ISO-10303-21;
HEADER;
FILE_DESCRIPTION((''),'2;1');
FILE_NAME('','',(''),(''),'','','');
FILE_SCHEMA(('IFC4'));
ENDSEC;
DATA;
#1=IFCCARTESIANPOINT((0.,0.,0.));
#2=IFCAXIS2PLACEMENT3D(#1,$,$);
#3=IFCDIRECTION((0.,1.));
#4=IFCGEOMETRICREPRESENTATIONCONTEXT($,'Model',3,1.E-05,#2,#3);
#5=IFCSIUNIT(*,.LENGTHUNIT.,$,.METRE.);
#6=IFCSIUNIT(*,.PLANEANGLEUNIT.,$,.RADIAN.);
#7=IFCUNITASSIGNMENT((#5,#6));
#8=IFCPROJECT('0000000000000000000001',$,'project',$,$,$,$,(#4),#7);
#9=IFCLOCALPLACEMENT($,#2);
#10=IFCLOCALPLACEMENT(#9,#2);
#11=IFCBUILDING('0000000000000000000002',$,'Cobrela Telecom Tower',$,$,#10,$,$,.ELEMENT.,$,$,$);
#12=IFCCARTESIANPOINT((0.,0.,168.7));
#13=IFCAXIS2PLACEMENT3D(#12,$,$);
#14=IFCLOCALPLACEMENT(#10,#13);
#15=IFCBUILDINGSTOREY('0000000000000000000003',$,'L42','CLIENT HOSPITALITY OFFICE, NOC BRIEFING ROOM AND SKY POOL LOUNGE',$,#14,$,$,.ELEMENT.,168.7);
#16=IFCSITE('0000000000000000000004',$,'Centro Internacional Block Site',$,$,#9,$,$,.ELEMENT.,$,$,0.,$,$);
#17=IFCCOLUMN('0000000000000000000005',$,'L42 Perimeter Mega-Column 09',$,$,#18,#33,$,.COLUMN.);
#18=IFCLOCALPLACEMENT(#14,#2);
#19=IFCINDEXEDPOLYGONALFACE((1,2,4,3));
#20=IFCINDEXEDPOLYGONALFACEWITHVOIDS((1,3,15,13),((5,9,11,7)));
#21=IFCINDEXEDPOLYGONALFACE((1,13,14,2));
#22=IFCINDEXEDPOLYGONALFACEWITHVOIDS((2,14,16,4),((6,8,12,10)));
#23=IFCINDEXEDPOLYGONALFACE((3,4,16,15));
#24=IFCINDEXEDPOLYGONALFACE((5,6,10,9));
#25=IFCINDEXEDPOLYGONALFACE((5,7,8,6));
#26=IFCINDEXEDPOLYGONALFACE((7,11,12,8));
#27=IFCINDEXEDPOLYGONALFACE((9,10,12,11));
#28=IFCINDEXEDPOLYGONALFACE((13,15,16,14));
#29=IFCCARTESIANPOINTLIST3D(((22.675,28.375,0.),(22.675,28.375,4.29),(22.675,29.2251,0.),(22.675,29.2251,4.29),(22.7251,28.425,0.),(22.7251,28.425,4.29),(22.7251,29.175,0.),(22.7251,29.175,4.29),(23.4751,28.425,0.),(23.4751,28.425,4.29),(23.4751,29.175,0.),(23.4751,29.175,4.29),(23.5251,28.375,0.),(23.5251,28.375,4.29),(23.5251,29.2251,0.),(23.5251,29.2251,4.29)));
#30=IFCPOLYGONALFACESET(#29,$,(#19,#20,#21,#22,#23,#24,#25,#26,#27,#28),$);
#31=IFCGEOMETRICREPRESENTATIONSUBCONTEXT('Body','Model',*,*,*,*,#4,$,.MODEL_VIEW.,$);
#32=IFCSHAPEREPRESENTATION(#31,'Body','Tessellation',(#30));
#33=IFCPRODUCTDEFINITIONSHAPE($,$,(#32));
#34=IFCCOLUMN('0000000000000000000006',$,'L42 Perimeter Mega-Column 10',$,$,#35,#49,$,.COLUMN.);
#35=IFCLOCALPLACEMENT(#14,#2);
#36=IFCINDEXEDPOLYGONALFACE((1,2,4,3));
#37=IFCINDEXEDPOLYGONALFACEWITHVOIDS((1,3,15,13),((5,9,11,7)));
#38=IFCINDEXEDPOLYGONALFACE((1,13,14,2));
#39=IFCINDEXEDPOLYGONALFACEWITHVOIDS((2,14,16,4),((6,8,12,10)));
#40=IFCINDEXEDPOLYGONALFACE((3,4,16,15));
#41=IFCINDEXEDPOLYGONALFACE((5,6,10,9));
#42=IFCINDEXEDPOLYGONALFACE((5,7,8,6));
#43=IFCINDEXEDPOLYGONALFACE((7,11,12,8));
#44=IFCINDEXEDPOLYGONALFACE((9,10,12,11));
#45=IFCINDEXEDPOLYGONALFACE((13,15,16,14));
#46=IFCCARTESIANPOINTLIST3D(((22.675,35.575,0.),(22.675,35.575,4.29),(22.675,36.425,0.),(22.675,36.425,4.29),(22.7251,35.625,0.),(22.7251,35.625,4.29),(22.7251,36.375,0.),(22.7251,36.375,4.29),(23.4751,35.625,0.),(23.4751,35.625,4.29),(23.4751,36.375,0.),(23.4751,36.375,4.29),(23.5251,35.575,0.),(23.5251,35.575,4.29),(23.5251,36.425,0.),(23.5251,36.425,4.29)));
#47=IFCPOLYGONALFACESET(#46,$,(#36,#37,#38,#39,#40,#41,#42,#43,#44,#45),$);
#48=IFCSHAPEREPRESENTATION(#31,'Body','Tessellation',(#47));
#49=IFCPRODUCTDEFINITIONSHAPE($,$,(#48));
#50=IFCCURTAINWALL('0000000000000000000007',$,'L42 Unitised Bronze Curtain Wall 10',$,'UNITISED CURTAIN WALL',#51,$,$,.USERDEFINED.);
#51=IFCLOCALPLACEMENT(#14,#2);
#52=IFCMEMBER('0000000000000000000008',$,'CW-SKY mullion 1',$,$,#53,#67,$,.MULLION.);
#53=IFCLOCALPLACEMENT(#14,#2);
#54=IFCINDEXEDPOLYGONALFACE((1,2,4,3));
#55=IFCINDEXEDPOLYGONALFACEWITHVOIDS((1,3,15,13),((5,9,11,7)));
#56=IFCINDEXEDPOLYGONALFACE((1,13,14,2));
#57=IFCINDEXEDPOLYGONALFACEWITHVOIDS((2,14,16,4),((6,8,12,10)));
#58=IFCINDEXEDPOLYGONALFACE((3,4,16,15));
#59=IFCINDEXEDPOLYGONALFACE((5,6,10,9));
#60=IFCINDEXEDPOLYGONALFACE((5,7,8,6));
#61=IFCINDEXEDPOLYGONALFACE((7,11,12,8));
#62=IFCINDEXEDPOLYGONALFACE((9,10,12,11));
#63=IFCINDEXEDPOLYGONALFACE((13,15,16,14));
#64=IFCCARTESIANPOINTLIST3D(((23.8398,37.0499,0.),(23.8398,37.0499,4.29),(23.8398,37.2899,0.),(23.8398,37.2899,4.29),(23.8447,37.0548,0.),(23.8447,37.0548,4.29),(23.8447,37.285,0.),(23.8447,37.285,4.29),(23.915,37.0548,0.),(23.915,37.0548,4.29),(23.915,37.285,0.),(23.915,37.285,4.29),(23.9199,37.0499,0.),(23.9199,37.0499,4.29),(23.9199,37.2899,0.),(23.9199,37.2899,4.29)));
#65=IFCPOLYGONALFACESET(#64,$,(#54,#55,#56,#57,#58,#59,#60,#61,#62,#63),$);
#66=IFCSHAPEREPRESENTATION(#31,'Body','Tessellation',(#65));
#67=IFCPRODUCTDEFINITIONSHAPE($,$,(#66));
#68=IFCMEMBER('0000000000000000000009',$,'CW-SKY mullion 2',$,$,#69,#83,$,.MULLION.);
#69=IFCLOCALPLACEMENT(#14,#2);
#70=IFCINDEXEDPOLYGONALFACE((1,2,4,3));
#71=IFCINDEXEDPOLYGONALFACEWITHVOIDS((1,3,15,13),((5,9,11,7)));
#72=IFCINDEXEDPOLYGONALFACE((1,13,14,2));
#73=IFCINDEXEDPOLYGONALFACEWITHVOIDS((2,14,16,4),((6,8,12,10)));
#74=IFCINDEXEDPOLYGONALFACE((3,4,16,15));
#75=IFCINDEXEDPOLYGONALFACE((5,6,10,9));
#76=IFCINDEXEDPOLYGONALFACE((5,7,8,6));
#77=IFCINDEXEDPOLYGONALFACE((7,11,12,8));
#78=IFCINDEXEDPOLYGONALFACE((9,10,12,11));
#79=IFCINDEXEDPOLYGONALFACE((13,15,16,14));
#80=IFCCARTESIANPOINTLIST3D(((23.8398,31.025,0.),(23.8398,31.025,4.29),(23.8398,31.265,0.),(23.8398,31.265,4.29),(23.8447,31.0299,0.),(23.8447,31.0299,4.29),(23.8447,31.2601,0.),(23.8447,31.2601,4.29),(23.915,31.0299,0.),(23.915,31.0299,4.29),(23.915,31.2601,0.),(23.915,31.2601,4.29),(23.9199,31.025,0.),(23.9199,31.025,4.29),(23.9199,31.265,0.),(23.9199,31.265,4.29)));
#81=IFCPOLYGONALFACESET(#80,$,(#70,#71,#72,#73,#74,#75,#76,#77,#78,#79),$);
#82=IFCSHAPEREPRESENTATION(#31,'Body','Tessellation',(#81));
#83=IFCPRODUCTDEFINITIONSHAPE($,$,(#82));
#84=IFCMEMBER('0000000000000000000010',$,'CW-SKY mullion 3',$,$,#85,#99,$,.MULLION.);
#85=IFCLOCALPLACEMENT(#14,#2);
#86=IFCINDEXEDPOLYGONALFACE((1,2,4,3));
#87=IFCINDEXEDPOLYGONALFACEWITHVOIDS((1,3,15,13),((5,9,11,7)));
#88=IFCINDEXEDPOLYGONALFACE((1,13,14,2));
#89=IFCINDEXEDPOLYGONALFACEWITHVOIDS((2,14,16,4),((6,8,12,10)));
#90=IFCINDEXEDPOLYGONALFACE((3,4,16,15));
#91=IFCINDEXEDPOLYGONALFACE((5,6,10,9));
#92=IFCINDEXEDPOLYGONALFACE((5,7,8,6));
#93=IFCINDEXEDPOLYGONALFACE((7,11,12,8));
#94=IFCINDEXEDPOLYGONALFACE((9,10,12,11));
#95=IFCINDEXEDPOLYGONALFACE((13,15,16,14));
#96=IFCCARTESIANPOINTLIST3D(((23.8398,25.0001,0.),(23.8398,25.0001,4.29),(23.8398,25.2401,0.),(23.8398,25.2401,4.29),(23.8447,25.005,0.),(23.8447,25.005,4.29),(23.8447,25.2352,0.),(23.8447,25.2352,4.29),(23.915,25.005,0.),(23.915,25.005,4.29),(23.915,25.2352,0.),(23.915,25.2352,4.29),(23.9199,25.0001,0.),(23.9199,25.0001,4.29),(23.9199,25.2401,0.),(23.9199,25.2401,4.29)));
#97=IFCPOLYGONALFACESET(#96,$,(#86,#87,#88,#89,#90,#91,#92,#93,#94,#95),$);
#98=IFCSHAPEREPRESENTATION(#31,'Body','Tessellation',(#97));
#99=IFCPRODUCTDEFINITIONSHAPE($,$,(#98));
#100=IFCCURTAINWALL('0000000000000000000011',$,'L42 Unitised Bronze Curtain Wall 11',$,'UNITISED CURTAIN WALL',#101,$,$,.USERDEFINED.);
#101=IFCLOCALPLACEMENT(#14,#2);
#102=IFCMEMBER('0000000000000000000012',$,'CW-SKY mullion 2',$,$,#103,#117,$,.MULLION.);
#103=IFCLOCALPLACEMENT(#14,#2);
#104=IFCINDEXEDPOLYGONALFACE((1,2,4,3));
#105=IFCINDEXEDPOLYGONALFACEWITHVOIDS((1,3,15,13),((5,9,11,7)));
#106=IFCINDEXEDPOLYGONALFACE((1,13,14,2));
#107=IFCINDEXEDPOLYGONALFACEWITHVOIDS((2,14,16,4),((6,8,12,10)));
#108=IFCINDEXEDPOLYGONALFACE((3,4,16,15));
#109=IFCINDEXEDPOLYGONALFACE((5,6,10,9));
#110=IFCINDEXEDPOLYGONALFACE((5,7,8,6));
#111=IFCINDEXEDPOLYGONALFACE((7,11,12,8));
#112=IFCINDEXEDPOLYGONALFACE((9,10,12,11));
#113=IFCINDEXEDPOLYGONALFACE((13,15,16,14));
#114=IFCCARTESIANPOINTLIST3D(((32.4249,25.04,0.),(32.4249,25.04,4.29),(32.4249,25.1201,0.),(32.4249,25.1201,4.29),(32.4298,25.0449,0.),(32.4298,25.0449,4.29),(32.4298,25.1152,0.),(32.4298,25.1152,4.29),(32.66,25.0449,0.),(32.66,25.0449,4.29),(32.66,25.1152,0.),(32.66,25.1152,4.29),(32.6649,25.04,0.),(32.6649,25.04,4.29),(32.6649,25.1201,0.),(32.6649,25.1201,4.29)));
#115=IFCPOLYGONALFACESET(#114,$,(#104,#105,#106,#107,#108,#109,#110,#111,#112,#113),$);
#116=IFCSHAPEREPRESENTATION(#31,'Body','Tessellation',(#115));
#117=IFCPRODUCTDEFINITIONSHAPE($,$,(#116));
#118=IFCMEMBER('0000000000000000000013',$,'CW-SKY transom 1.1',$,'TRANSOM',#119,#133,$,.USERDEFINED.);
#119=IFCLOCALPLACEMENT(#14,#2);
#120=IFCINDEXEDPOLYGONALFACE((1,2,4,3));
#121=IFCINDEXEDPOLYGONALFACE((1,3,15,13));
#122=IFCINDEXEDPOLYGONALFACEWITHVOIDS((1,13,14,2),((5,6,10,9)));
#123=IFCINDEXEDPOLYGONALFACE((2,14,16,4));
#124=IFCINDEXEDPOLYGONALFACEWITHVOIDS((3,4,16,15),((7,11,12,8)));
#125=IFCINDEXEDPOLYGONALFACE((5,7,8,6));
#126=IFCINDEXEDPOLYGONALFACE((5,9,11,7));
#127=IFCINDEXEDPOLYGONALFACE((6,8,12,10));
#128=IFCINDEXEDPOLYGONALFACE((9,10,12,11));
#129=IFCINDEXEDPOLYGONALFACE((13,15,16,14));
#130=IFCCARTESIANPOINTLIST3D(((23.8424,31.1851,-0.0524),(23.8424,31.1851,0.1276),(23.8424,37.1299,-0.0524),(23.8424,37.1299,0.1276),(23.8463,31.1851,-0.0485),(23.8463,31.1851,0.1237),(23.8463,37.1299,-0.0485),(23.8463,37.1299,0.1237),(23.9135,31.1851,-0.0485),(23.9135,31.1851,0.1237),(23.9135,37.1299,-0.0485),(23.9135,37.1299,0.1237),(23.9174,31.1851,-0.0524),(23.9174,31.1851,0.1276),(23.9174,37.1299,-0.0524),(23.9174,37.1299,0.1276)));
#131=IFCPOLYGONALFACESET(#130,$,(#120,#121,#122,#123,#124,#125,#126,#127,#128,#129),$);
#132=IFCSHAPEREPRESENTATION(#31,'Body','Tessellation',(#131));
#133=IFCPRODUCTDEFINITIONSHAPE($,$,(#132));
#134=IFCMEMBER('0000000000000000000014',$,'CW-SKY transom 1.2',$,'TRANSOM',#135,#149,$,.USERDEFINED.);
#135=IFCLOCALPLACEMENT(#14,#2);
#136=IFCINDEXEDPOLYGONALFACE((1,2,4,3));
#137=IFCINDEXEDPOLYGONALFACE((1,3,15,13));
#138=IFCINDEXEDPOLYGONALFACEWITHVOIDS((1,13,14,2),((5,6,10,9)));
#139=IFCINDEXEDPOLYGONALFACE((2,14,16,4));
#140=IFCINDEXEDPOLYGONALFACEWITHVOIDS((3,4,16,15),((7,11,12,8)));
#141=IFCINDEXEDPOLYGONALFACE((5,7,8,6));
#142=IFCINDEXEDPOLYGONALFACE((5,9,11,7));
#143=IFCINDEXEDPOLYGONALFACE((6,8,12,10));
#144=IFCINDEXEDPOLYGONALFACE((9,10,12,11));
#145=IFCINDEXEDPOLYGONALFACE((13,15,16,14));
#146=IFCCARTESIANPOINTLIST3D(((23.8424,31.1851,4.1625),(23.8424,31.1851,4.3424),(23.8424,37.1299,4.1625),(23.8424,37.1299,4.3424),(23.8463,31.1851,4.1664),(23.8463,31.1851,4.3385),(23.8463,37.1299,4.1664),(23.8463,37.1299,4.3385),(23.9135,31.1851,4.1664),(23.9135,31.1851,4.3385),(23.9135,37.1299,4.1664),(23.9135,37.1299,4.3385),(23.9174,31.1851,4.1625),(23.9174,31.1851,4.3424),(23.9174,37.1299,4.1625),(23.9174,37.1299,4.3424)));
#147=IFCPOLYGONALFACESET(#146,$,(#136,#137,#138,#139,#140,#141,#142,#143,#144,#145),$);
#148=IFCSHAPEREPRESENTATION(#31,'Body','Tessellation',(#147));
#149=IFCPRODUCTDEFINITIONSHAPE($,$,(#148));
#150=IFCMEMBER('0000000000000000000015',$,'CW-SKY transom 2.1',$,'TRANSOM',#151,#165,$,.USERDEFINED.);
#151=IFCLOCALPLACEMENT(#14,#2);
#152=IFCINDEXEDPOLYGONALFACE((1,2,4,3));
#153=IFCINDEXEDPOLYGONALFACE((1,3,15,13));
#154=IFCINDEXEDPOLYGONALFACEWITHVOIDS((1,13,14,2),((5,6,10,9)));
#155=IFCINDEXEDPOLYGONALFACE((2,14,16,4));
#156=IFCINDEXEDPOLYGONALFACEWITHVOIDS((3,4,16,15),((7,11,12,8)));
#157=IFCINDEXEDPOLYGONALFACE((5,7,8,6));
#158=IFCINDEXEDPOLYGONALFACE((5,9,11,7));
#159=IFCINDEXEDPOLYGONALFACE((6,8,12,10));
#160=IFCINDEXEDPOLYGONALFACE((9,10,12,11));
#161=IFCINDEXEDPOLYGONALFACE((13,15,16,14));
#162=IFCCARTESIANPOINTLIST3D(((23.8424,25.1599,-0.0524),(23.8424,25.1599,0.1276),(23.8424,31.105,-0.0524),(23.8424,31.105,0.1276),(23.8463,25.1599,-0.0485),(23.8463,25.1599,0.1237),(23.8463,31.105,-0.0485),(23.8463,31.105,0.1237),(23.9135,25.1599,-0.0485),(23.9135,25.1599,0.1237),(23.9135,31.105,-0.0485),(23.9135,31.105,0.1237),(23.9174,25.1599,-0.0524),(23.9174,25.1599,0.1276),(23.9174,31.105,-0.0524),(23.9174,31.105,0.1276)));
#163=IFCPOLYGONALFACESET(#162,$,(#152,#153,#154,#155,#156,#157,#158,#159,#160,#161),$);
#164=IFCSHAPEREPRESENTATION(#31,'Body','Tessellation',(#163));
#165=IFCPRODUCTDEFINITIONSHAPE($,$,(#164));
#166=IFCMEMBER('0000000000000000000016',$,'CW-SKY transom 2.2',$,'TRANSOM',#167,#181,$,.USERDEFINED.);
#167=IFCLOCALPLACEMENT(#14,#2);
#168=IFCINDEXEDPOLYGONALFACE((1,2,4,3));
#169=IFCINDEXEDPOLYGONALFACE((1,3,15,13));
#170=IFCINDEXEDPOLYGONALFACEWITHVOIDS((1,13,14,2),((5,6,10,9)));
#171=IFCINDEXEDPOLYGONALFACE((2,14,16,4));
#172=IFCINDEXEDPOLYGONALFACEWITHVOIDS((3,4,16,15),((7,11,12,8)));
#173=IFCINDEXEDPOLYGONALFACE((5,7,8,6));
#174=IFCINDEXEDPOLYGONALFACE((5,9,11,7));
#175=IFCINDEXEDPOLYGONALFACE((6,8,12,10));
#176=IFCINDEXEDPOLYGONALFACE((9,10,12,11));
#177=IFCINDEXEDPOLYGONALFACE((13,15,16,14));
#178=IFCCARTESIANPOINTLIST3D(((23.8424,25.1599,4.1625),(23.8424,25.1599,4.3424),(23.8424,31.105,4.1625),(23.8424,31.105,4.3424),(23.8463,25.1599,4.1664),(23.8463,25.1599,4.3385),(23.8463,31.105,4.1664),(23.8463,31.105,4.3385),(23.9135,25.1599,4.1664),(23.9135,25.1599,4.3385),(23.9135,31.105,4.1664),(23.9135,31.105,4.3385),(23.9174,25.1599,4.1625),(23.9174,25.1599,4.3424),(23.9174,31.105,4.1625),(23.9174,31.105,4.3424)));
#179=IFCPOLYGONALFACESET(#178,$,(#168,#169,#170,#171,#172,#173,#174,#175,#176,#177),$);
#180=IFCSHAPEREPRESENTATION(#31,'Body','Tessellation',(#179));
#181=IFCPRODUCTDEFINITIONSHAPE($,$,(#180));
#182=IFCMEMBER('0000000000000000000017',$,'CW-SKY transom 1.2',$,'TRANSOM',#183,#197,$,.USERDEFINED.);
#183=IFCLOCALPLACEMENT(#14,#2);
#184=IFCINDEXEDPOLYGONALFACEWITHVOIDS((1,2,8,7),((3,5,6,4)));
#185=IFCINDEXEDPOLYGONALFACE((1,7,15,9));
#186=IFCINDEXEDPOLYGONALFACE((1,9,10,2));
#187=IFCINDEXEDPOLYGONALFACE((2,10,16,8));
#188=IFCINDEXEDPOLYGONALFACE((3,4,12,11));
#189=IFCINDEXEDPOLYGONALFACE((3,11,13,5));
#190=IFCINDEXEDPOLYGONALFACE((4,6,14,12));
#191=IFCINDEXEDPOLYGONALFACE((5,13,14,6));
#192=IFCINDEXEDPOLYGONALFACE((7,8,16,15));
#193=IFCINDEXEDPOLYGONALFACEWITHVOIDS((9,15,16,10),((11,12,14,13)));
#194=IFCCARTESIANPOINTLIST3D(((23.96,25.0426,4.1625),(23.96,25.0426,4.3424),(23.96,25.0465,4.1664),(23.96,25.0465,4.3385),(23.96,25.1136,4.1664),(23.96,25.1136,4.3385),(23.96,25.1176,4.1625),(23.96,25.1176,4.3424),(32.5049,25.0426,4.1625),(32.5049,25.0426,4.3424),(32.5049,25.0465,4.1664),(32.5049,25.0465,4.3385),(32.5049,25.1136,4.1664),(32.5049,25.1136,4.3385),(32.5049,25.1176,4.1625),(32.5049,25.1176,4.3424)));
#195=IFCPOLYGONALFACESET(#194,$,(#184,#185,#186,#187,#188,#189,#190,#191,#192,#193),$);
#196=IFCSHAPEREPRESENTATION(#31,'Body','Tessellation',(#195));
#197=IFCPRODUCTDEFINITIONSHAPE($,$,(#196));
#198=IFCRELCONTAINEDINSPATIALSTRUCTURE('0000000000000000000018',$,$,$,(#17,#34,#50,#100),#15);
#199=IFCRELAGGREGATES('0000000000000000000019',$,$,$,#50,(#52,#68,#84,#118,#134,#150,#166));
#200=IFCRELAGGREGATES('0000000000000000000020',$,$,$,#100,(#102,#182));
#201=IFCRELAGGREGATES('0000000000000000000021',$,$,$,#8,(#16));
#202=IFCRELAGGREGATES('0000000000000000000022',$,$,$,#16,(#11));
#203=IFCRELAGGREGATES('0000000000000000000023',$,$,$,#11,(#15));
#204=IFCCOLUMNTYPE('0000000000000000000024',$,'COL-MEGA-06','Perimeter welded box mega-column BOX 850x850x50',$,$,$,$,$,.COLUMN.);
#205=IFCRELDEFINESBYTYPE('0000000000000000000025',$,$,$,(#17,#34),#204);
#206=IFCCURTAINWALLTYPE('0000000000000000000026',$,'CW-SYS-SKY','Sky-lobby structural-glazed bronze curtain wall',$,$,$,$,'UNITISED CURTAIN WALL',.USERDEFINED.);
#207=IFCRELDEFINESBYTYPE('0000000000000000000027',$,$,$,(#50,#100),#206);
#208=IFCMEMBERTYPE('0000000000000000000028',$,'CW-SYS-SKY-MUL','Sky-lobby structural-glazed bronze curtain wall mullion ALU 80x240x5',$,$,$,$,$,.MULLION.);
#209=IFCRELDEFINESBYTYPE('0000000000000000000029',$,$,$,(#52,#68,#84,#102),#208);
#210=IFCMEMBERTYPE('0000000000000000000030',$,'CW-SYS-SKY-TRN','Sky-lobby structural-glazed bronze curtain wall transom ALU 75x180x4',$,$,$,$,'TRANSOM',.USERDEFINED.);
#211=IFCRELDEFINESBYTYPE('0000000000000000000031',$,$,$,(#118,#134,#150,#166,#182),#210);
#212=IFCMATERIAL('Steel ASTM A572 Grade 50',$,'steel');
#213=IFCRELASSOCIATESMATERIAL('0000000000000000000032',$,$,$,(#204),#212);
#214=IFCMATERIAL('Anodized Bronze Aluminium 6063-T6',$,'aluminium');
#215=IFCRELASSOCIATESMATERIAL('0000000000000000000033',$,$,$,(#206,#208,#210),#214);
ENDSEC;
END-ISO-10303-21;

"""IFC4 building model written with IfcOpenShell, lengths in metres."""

from ifc_helpers import new_model, si_unit, direction, frame, origin, origin_2d, place, context, subcontext, project, spatial, hollow_rectangle, extrude, material, material_profile, profile_set, type_object, element, aggregate, save


model = new_model("IFC4")

# Units and contexts
model_context = context("Model", 3, precision=1e-05, world=origin(), true_north=direction((0.0, 1.0)))
body_context = subcontext(model_context, "Body", "Model", "MODEL_VIEW")
ifc_project = project(units=[si_unit("LENGTHUNIT", "METRE"), si_unit("PLANEANGLEUNIT", "RADIAN")], contexts=[model_context])

# Site, building, storey
site_placement = place(None, origin())
site = spatial("IfcSite", under=ifc_project, at=site_placement, Name="Centro Internacional Block Site", CompositionType="ELEMENT", RefElevation=0.0)
building_placement = place(site_placement, origin())
building = spatial("IfcBuilding", under=site, at=building_placement, Name="Cobrela Telecom Tower", CompositionType="ELEMENT")
storey_placement = place(building_placement, frame((0.0, 0.0, 168.7)))
storey = spatial("IfcBuildingStorey", under=building, at=storey_placement, Name="L42", Description="CLIENT HOSPITALITY OFFICE, NOC BRIEFING ROOM AND SKY POOL LOUNGE", CompositionType="ELEMENT", Elevation=168.7)

# Columns
ifc_material_1 = material(Name="Steel ASTM A572 Grade 50", Category="steel")
ifc_material_profile_1 = material_profile(ifc_material_1, hollow_rectangle(XDim=0.8501, YDim=0.8501, WallThickness=0.05, at=origin_2d()), Name="BOX 850x850x50")
ifc_profile_set_1 = profile_set([ifc_material_profile_1], Name="Steel ASTM A572 Grade 50")
column_type = type_object("IfcColumnType", Name="COL-MEGA-06", Description="Perimeter welded box mega-column BOX 850x850x50", PredefinedType="COLUMN", material=ifc_profile_set_1)
for number, where, z_axis, x_axis, name in (
    (1, (23.1001, 28.8, 0.0), (0.0, 0.0, 1.0), (1.0, 0.0, 0.0), "L42 Perimeter Mega-Column 09"),
    (2, (23.1001, 36.0, 0.0), (0.0, 0.0, 1.0), (1.0, 0.0, 0.0), "L42 Perimeter Mega-Column 10"),
):
    element("IfcColumn", number, at=place(storey_placement, frame(where, z_axis=z_axis, x_axis=x_axis)), inside=storey, type_object=column_type, Name=name, PredefinedType="COLUMN", context=body_context, shape_type="SweptSolid", body=[
        extrude(hollow_rectangle(XDim=0.8501, YDim=0.8501, WallThickness=0.05, at=origin_2d()), origin(), (0.0, 0.0, 1.0), 4.29),
    ])

# Curtain wall, members
ifc_material_2 = material(Name="Anodized Bronze Aluminium 6063-T6", Category="aluminium")
curtain_wall_type = type_object("IfcCurtainWallType", Name="CW-SYS-SKY", Description="Sky-lobby structural-glazed bronze curtain wall", ElementType="UNITISED CURTAIN WALL", PredefinedType="USERDEFINED", material=ifc_material_2)
curtain_wall_1_placement = place(storey_placement, origin())
curtain_wall_1 = element("IfcCurtainWall", 3, at=curtain_wall_1_placement, inside=storey, type_object=curtain_wall_type, Name="L42 Unitised Bronze Curtain Wall 10", ObjectType="UNITISED CURTAIN WALL", PredefinedType="USERDEFINED")
ifc_material_profile_2 = material_profile(ifc_material_2, hollow_rectangle(XDim=0.0801, YDim=0.24, WallThickness=0.0049, at=origin_2d()), Name="ALU 80x240x5")
ifc_profile_set_2 = profile_set([ifc_material_profile_2], Name="Anodized Bronze Aluminium 6063-T6")
member_type_1 = type_object("IfcMemberType", Name="CW-SYS-SKY-MUL", Description="Sky-lobby structural-glazed bronze curtain wall mullion ALU 80x240x5", PredefinedType="MULLION", material=ifc_profile_set_2)
member_1_placement = place(storey_placement, frame((23.8799, 37.1699, 0.0), z_axis=(0.0, 0.0, 1.0), x_axis=(1.0, 0.0, 0.0)))
member_1 = element("IfcMember", 4, at=member_1_placement, type_object=member_type_1, Name="CW-SKY mullion 1", PredefinedType="MULLION", context=body_context, shape_type="SweptSolid", body=[
    extrude(hollow_rectangle(XDim=0.0801, YDim=0.24, WallThickness=0.0049, at=origin_2d()), origin(), (0.0, 0.0, 1.0), 4.29),
])
member_2_placement = place(storey_placement, frame((23.8799, 31.145, 0.0), z_axis=(0.0, 0.0, 1.0), x_axis=(1.0, 0.0, 0.0)))
member_2 = element("IfcMember", 5, at=member_2_placement, type_object=member_type_1, Name="CW-SKY mullion 2", PredefinedType="MULLION", context=body_context, shape_type="SweptSolid", body=[
    extrude(hollow_rectangle(XDim=0.0801, YDim=0.24, WallThickness=0.0049, at=origin_2d()), origin(), (0.0, 0.0, 1.0), 4.29),
])
member_3_placement = place(storey_placement, frame((23.8799, 25.1201, 0.0), z_axis=(0.0, 0.0, 1.0), x_axis=(1.0, 0.0, 0.0)))
member_3 = element("IfcMember", 6, at=member_3_placement, type_object=member_type_1, Name="CW-SKY mullion 3", PredefinedType="MULLION", context=body_context, shape_type="SweptSolid", body=[
    extrude(hollow_rectangle(XDim=0.0801, YDim=0.24, WallThickness=0.0049, at=origin_2d()), origin(), (0.0, 0.0, 1.0), 4.29),
])

# Curtain wall, member
curtain_wall_2_placement = place(storey_placement, origin())
curtain_wall_2 = element("IfcCurtainWall", 7, at=curtain_wall_2_placement, inside=storey, type_object=curtain_wall_type, Name="L42 Unitised Bronze Curtain Wall 11", ObjectType="UNITISED CURTAIN WALL", PredefinedType="USERDEFINED")
member_4_placement = place(storey_placement, frame((32.5449, 25.0801, 0.0), z_axis=(0.0, 0.0, 1.0), x_axis=(0.0, 1.0, 0.0)))
member_4 = element("IfcMember", 8, at=member_4_placement, type_object=member_type_1, Name="CW-SKY mullion 2", PredefinedType="MULLION", context=body_context, shape_type="SweptSolid", body=[
    extrude(hollow_rectangle(XDim=0.0801, YDim=0.24, WallThickness=0.0049, at=origin_2d()), origin(), (0.0, 0.0, 1.0), 4.29),
])

# Members
ifc_material_profile_3 = material_profile(ifc_material_2, hollow_rectangle(XDim=0.075, YDim=0.1799, WallThickness=0.0039, at=origin_2d()), Name="ALU 75x180x4")
ifc_profile_set_3 = profile_set([ifc_material_profile_3], Name="Anodized Bronze Aluminium 6063-T6")
member_type_2 = type_object("IfcMemberType", Name="CW-SYS-SKY-TRN", Description="Sky-lobby structural-glazed bronze curtain wall transom ALU 75x180x4", ElementType="TRANSOM", PredefinedType="USERDEFINED", material=ifc_profile_set_3)
member_5_placement = place(storey_placement, frame((23.8799, 37.1299, 0.0376), z_axis=(0.0, -1.0, 0.0), x_axis=(1.0, 0.0, 0.0)))
member_5 = element("IfcMember", 9, at=member_5_placement, type_object=member_type_2, Name="CW-SKY transom 1.1", ObjectType="TRANSOM", PredefinedType="USERDEFINED", context=body_context, shape_type="SweptSolid", body=[
    extrude(hollow_rectangle(XDim=0.075, YDim=0.1799, WallThickness=0.0039, at=origin_2d()), origin(), (0.0, 0.0, 1.0), 5.9448),
])
member_6_placement = place(storey_placement, frame((23.8799, 37.1299, 4.2524), z_axis=(0.0, -1.0, 0.0), x_axis=(1.0, 0.0, 0.0)))
member_6 = element("IfcMember", 10, at=member_6_placement, type_object=member_type_2, Name="CW-SKY transom 1.2", ObjectType="TRANSOM", PredefinedType="USERDEFINED", context=body_context, shape_type="SweptSolid", body=[
    extrude(hollow_rectangle(XDim=0.075, YDim=0.1799, WallThickness=0.0039, at=origin_2d()), origin(), (0.0, 0.0, 1.0), 5.9448),
])
member_7_placement = place(storey_placement, frame((23.8799, 31.105, 0.0376), z_axis=(0.0, -1.0, 0.0), x_axis=(1.0, 0.0, 0.0)))
member_7 = element("IfcMember", 11, at=member_7_placement, type_object=member_type_2, Name="CW-SKY transom 2.1", ObjectType="TRANSOM", PredefinedType="USERDEFINED", context=body_context, shape_type="SweptSolid", body=[
    extrude(hollow_rectangle(XDim=0.075, YDim=0.1799, WallThickness=0.0039, at=origin_2d()), origin(), (0.0, 0.0, 1.0), 5.9451),
])
member_8_placement = place(storey_placement, frame((23.8799, 31.105, 4.2524), z_axis=(0.0, -1.0, 0.0), x_axis=(1.0, 0.0, 0.0)))
member_8 = element("IfcMember", 12, at=member_8_placement, type_object=member_type_2, Name="CW-SKY transom 2.2", ObjectType="TRANSOM", PredefinedType="USERDEFINED", context=body_context, shape_type="SweptSolid", body=[
    extrude(hollow_rectangle(XDim=0.075, YDim=0.1799, WallThickness=0.0039, at=origin_2d()), origin(), (0.0, 0.0, 1.0), 5.9451),
])
member_9_placement = place(storey_placement, frame((23.96, 25.0801, 4.2524), z_axis=(1.0, 0.0, 0.0), x_axis=(0.0, 1.0, 0.0)))
member_9 = element("IfcMember", 13, at=member_9_placement, type_object=member_type_2, Name="CW-SKY transom 1.2", ObjectType="TRANSOM", PredefinedType="USERDEFINED", context=body_context, shape_type="SweptSolid", body=[
    extrude(hollow_rectangle(XDim=0.075, YDim=0.1799, WallThickness=0.0039, at=origin_2d()), origin(), (0.0, 0.0, 1.0), 8.5449),
])

aggregate(curtain_wall_1, [member_1, member_2, member_3, member_5, member_6, member_7, member_8])
aggregate(curtain_wall_2, [member_4, member_9])

save(model, "model.ifc")
